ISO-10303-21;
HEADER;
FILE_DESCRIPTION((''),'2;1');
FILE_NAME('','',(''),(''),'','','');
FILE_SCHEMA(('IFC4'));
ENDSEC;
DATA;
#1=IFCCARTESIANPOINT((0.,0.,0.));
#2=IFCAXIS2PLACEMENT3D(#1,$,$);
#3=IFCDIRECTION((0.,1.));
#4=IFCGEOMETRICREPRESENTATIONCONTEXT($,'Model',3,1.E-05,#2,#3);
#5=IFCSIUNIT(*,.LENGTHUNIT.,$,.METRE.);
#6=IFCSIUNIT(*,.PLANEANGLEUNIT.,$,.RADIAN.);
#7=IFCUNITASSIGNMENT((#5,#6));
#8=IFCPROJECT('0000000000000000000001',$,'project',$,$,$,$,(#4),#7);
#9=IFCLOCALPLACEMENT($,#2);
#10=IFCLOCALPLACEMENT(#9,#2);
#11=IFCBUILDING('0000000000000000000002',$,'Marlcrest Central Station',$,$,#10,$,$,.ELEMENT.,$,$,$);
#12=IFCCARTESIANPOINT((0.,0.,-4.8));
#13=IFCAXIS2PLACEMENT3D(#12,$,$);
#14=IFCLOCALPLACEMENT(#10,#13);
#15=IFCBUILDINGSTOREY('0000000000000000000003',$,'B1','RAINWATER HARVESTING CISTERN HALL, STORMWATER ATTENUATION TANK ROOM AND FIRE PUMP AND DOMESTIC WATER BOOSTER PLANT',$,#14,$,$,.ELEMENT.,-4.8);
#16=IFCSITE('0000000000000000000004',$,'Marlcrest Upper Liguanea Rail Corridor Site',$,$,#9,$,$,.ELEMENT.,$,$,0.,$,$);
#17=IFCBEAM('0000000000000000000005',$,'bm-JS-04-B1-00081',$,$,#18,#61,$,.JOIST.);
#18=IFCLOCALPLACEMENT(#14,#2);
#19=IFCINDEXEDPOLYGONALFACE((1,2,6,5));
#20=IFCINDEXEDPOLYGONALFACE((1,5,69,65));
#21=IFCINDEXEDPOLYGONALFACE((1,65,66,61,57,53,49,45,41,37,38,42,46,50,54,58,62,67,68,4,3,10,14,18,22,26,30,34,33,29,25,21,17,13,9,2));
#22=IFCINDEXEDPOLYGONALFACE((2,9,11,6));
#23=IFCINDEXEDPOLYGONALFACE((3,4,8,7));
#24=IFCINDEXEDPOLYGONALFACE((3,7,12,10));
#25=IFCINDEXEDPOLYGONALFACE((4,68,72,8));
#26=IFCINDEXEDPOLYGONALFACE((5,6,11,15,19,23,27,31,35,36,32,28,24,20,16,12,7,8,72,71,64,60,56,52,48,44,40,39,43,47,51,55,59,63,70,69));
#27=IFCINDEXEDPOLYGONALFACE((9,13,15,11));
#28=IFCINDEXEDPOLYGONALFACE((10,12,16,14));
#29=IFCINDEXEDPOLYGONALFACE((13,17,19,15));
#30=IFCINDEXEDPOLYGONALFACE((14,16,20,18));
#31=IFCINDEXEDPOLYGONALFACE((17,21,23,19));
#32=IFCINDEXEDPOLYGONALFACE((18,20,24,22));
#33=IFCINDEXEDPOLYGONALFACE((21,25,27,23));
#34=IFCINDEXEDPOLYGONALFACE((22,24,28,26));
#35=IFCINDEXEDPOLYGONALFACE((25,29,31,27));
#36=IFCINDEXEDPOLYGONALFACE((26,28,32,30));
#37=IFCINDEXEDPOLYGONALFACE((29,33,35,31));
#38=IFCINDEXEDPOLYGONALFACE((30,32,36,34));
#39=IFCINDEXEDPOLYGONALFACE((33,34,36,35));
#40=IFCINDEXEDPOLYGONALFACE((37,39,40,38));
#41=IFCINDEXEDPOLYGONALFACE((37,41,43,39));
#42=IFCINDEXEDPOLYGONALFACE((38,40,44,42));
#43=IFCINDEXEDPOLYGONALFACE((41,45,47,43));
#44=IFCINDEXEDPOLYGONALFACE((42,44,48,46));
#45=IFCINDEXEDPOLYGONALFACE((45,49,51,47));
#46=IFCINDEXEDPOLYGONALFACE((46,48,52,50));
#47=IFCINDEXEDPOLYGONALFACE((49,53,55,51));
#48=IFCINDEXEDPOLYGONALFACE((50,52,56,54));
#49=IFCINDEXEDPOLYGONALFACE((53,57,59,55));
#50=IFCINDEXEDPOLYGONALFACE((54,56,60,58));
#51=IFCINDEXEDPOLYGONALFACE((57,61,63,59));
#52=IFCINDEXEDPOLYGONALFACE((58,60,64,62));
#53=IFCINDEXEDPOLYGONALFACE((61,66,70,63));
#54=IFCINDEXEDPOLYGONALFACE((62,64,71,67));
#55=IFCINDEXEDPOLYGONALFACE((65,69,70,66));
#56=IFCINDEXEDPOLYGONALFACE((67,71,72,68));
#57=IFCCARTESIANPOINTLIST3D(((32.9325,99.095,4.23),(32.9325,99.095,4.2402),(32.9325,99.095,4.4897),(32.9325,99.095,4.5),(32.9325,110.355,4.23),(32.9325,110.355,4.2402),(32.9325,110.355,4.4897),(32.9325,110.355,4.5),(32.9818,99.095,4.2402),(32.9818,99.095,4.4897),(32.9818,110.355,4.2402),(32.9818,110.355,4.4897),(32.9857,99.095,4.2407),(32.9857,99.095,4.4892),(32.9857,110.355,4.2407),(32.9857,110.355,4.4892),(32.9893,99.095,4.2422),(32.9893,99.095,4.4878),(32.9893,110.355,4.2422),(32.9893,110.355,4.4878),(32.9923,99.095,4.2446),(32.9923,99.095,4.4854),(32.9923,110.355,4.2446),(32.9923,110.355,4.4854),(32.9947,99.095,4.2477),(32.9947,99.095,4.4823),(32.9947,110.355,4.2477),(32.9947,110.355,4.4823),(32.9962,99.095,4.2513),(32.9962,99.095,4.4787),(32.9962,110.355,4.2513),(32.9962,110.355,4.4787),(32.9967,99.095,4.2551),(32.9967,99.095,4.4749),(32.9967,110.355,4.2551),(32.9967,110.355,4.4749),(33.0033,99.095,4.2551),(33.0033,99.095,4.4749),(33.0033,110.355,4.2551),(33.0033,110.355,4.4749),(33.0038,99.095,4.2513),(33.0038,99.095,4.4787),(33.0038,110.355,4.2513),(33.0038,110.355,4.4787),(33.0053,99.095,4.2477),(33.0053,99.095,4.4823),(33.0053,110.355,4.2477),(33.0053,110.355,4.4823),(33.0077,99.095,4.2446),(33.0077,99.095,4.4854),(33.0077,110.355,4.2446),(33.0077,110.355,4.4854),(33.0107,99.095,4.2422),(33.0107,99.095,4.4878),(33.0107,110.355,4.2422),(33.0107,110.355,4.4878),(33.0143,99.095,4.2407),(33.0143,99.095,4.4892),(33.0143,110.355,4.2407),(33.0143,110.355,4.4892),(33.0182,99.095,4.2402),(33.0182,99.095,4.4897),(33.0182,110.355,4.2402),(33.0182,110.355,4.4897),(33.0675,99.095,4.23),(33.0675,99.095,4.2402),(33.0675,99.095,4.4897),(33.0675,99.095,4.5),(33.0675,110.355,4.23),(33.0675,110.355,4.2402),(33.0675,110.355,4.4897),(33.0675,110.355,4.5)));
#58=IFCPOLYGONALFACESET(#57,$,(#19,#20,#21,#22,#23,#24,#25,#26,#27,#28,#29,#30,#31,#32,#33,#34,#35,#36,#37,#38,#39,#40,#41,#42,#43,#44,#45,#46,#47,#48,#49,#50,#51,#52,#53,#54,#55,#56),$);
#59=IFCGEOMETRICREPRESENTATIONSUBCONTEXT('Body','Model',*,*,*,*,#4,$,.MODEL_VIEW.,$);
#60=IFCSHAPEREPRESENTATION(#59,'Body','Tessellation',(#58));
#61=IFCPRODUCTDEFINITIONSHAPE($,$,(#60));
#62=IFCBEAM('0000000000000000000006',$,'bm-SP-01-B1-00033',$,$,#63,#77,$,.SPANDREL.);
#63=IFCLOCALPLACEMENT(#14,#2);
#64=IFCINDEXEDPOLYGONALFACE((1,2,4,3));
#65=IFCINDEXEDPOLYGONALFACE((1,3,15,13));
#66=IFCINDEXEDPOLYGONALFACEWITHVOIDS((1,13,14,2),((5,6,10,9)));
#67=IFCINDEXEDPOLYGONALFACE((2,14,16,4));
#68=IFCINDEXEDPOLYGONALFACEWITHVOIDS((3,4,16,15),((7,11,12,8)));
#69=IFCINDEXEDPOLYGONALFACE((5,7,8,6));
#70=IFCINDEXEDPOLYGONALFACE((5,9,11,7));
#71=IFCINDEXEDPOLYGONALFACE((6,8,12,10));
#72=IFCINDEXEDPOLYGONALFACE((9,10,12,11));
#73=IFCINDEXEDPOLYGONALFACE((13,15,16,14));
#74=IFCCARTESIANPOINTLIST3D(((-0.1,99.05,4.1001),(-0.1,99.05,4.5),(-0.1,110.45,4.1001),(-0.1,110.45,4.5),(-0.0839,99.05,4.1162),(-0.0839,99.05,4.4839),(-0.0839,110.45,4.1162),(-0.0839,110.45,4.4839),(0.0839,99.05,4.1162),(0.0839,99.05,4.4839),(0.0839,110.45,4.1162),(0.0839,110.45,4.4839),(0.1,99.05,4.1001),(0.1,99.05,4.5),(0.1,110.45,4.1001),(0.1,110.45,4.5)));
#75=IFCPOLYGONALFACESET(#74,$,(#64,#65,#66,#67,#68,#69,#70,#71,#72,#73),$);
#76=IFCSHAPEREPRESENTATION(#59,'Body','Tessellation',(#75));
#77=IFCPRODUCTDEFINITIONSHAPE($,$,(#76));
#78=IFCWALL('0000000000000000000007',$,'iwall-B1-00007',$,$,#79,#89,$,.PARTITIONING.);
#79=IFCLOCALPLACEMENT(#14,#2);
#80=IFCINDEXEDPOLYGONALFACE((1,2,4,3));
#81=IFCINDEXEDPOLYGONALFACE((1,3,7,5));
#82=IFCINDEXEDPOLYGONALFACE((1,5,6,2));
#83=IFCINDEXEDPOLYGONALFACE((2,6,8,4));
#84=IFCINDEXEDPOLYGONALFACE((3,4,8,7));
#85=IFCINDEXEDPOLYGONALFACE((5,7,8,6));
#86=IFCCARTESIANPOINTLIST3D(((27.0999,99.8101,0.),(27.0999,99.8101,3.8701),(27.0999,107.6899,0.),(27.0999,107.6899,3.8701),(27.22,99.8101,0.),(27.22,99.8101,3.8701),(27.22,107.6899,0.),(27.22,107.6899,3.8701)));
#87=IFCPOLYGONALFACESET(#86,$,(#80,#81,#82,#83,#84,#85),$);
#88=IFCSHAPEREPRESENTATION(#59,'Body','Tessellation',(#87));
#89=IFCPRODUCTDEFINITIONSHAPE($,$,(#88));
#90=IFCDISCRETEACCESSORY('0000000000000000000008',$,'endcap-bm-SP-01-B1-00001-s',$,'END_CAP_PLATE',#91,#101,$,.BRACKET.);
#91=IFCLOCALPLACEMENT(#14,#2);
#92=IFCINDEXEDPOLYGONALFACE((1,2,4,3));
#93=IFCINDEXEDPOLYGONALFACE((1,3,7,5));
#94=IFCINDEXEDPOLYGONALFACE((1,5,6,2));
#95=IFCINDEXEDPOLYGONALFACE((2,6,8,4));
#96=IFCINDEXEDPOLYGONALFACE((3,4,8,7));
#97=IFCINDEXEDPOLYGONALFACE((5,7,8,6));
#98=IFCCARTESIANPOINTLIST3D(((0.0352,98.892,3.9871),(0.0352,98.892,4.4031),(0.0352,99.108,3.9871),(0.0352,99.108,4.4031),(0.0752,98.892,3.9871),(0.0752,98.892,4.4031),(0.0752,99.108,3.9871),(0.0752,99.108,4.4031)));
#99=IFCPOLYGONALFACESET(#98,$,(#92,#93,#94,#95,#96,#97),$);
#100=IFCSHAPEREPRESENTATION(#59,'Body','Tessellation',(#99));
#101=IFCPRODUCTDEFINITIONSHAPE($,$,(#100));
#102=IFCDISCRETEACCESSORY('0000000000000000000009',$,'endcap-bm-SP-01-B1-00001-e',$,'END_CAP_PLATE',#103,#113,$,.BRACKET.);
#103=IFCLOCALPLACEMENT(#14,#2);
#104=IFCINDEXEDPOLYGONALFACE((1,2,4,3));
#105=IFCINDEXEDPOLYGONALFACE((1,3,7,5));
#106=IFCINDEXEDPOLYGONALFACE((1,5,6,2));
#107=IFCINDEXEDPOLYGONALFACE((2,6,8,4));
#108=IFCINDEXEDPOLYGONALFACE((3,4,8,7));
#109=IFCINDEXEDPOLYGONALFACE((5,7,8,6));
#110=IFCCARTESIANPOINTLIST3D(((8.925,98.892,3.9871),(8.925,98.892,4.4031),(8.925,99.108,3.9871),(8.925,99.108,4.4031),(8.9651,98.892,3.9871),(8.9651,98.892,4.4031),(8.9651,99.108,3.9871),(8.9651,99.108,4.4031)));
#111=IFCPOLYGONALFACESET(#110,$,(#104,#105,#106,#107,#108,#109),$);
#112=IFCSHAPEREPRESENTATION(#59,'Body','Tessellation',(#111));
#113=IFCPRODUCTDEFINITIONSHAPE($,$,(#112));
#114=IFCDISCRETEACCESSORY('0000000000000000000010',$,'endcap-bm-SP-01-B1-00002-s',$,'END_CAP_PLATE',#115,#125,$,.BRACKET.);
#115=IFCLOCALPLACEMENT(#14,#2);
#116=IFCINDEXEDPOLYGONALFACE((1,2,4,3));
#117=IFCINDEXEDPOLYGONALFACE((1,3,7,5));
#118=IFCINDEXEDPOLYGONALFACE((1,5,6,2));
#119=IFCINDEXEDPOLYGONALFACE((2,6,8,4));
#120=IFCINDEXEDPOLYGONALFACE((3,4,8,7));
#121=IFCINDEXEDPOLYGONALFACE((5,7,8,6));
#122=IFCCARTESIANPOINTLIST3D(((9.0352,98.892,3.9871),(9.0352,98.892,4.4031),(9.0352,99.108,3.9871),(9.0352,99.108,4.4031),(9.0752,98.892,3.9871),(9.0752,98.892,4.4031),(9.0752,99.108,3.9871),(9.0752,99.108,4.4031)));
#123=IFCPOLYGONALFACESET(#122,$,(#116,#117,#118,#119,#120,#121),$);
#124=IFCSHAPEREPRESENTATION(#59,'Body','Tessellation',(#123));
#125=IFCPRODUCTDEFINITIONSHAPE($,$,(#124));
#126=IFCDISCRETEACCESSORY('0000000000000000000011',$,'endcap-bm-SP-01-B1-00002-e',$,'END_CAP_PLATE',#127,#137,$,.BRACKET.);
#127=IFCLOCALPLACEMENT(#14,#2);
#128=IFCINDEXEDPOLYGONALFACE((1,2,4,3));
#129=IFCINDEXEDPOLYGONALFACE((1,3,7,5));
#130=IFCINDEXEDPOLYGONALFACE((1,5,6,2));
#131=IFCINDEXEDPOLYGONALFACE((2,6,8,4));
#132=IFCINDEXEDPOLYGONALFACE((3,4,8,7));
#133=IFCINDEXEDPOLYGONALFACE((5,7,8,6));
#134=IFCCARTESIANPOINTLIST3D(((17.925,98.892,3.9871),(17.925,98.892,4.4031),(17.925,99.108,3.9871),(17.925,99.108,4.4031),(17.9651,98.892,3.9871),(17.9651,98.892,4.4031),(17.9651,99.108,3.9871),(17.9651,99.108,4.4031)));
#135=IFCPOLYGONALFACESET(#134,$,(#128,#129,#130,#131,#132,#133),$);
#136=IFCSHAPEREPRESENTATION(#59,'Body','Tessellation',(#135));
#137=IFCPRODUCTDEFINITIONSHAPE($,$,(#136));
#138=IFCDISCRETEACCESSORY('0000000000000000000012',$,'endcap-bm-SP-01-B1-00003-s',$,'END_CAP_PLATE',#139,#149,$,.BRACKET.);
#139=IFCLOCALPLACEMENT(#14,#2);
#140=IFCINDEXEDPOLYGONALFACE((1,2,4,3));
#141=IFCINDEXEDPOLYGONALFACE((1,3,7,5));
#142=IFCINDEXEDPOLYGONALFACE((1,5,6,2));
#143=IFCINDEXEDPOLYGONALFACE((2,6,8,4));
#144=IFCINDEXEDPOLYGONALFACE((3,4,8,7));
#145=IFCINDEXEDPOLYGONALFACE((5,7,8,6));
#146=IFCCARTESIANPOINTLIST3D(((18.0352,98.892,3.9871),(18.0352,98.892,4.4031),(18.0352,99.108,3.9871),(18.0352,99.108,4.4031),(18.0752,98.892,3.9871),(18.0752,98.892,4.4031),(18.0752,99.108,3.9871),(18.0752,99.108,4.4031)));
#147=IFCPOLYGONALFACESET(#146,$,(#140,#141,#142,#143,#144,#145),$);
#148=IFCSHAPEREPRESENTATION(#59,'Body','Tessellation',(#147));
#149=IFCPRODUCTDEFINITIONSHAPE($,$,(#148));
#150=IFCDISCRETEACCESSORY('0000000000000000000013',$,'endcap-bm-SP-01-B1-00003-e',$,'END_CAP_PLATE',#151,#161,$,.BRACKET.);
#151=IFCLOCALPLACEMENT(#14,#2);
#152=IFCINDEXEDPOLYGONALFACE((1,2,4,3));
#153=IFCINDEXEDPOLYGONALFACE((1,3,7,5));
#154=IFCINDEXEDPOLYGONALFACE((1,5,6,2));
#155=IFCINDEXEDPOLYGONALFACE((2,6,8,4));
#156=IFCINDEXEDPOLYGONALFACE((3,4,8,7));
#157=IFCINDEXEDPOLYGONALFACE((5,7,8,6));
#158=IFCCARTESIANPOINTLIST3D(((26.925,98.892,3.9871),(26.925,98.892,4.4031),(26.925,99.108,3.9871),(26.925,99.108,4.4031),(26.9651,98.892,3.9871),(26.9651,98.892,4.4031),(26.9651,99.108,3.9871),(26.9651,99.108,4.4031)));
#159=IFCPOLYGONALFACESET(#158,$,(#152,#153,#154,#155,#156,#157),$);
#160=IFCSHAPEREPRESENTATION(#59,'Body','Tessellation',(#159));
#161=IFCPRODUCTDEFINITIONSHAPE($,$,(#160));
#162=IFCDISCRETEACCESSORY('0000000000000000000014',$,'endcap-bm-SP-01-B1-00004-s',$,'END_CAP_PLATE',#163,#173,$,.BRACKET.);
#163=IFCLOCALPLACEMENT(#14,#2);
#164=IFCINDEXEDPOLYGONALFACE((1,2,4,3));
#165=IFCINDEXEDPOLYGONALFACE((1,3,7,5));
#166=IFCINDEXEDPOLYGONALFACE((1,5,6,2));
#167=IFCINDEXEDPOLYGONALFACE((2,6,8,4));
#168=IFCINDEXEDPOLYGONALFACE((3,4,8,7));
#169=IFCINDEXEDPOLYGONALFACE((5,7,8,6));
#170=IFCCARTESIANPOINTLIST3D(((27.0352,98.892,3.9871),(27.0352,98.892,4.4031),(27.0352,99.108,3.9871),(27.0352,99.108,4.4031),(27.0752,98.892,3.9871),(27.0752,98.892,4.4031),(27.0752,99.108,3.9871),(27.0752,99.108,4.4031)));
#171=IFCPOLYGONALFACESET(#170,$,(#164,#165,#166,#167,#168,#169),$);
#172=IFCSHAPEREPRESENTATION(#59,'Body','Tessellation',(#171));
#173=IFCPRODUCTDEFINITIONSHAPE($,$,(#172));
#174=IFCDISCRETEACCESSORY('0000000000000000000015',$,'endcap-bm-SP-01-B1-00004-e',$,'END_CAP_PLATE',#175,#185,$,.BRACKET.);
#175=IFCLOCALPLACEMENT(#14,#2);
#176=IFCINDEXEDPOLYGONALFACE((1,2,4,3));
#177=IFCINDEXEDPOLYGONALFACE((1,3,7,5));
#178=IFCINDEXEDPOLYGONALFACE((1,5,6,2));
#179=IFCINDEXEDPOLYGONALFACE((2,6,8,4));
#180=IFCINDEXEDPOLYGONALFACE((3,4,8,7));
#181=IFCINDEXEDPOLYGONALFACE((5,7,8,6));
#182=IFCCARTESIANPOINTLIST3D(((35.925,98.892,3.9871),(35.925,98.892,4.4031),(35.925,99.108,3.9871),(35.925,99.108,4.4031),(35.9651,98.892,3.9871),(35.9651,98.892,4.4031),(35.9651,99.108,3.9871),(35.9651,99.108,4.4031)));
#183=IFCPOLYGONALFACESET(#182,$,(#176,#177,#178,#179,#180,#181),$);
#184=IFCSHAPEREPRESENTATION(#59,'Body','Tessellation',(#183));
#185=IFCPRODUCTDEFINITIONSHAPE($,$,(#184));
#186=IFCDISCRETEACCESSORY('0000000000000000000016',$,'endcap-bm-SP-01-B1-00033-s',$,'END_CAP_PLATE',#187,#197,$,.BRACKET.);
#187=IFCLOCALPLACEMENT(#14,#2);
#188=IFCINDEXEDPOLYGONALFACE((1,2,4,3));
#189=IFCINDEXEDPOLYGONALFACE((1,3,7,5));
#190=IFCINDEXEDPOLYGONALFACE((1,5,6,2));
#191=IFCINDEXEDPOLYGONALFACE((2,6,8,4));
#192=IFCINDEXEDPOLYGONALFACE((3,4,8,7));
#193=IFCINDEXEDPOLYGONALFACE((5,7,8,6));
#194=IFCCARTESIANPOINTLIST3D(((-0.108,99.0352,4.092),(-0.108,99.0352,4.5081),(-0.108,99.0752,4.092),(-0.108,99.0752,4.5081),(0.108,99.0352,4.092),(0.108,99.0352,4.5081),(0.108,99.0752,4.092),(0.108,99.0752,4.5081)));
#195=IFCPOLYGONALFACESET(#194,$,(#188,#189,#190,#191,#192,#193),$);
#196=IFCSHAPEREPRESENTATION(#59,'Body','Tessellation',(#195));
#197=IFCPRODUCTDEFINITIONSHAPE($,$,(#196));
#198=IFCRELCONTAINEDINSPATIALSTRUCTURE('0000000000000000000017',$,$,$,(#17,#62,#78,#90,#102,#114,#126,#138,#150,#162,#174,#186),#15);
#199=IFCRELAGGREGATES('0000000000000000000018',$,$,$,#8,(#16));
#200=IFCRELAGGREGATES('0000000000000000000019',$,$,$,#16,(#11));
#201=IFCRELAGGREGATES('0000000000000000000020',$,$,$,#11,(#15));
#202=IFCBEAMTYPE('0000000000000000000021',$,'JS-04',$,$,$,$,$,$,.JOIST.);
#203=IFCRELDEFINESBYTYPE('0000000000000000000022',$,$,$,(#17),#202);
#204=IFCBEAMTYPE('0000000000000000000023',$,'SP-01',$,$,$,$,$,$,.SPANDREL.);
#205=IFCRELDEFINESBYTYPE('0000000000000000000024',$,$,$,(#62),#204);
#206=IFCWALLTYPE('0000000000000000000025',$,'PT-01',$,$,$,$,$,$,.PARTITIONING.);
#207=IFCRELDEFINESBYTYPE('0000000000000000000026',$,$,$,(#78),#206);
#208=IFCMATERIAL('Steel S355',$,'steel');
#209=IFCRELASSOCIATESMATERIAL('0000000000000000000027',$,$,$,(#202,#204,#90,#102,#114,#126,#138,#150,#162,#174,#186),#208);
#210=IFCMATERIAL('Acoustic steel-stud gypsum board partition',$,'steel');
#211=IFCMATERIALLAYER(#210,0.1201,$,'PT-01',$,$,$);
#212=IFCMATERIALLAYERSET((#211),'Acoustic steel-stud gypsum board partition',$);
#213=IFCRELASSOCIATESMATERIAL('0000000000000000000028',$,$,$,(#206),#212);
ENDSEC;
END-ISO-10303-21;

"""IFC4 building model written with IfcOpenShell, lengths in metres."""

from ifc_helpers import new_model, si_unit, direction, frame, frame_2d, origin, origin_2d, place, context, subcontext, project, spatial, rectangle, hollow_rectangle, i_section, extrude, material, layer, layer_set, material_profile, profile_set, type_object, element, save


model = new_model("IFC4")

# Units and contexts
model_context = context("Model", 3, precision=1e-05, world=origin(), true_north=direction((0.0, 1.0)))
body_context = subcontext(model_context, "Body", "Model", "MODEL_VIEW")
ifc_project = project(units=[si_unit("LENGTHUNIT", "METRE"), si_unit("PLANEANGLEUNIT", "RADIAN")], contexts=[model_context])

# Site, building, storey
site_placement = place(None, origin())
site = spatial("IfcSite", under=ifc_project, at=site_placement, Name="Marlcrest Upper Liguanea Rail Corridor Site", CompositionType="ELEMENT", RefElevation=0.0)
building_placement = place(site_placement, origin())
building = spatial("IfcBuilding", under=site, at=building_placement, Name="Marlcrest Central Station", CompositionType="ELEMENT")
storey_placement = place(building_placement, frame((0.0, 0.0, -4.8)))
storey = spatial("IfcBuildingStorey", under=building, at=storey_placement, Name="B1", Description="RAINWATER HARVESTING CISTERN HALL, STORMWATER ATTENUATION TANK ROOM AND FIRE PUMP AND DOMESTIC WATER BOOSTER PLANT", CompositionType="ELEMENT", Elevation=-4.8)

# Beams
ifc_material_1 = material(Name="Steel S355", Category="steel")
ifc_material_profile_1 = material_profile(ifc_material_1, i_section(OverallWidth=0.135, OverallDepth=0.27, WebThickness=0.0066, FlangeThickness=0.0103, FilletRadius=0.0149, at=origin_2d()), Name="IPE 270")
ifc_profile_set_1 = profile_set([ifc_material_profile_1], Name="Steel S355")
beam_type_1 = type_object("IfcBeamType", Name="JS-04", PredefinedType="JOIST", material=ifc_profile_set_1)
for number, where, z_axis, x_axis, name in (
    (1, (33.0, 99.095, 4.365), (0.0, 1.0, 0.0), (-1.0, 0.0, 0.0), "bm-JS-04-B1-00081"),
):
    element("IfcBeam", number, at=place(storey_placement, frame(where, z_axis=z_axis, x_axis=x_axis)), inside=storey, type_object=beam_type_1, Name=name, PredefinedType="JOIST", context=body_context, shape_type="SweptSolid", body=[
        extrude(i_section(OverallWidth=0.135, OverallDepth=0.27, WebThickness=0.0066, FlangeThickness=0.0103, FilletRadius=0.0149, at=origin_2d()), origin(), (0.0, 0.0, 1.0), 11.26),
    ])
ifc_material_profile_2 = material_profile(ifc_material_1, hollow_rectangle(XDim=0.2, YDim=0.3999, WallThickness=0.0161, at=origin_2d()), Name="RHS 400x200x16")
ifc_profile_set_2 = profile_set([ifc_material_profile_2], Name="Steel S355")
beam_type_2 = type_object("IfcBeamType", Name="SP-01", PredefinedType="SPANDREL", material=ifc_profile_set_2)
beam_placement = place(storey_placement, frame((0.0, 99.05, 4.3), z_axis=(0.0, 1.0, 0.0), x_axis=(-1.0, 0.0, 0.0)))
element("IfcBeam", 2, at=beam_placement, inside=storey, type_object=beam_type_2, Name="bm-SP-01-B1-00033", PredefinedType="SPANDREL", context=body_context, shape_type="SweptSolid", body=[
    extrude(hollow_rectangle(XDim=0.2, YDim=0.3999, WallThickness=0.0161, at=origin_2d()), origin(), (0.0, 0.0, 1.0), 11.3999),
])

# Wall
ifc_material_2 = material(Name="Acoustic steel-stud gypsum board partition", Category="steel")
ifc_layer = layer(ifc_material_2, 0.1201, Name="PT-01")
ifc_layer_set = layer_set([ifc_layer], Name="Acoustic steel-stud gypsum board partition")
wall_type = type_object("IfcWallType", Name="PT-01", PredefinedType="PARTITIONING", material=ifc_layer_set)
wall_placement = place(storey_placement, frame((27.1599, 99.8101, 0.0), z_axis=(0.0, 0.0, 1.0), x_axis=(0.0, 1.0, 0.0)))
element("IfcWall", 3, at=wall_placement, inside=storey, type_object=wall_type, Name="iwall-B1-00007", PredefinedType="PARTITIONING", context=body_context, shape_type="SweptSolid", body=[
    extrude(rectangle(XDim=7.8799, YDim=0.1201, at=frame_2d((3.9399, 0.0))), origin(), (0.0, 0.0, 1.0), 3.8701),
])

# Discrete accessories
for number, where, z_axis, x_axis, name in (
    (4, (0.0352, 99.0, 4.1951), (1.0, 0.0, 0.0), (0.0, 1.0, 0.0), "endcap-bm-SP-01-B1-00001-s"),
    (5, (8.925, 99.0, 4.1951), (1.0, 0.0, 0.0), (0.0, 1.0, 0.0), "endcap-bm-SP-01-B1-00001-e"),
    (6, (9.0352, 99.0, 4.1951), (1.0, 0.0, 0.0), (0.0, 1.0, 0.0), "endcap-bm-SP-01-B1-00002-s"),
    (7, (17.925, 99.0, 4.1951), (1.0, 0.0, 0.0), (0.0, 1.0, 0.0), "endcap-bm-SP-01-B1-00002-e"),
    (8, (18.0352, 99.0, 4.1951), (1.0, 0.0, 0.0), (0.0, 1.0, 0.0), "endcap-bm-SP-01-B1-00003-s"),
    (9, (26.925, 99.0, 4.1951), (1.0, 0.0, 0.0), (0.0, 1.0, 0.0), "endcap-bm-SP-01-B1-00003-e"),
    (10, (27.0352, 99.0, 4.1951), (1.0, 0.0, 0.0), (0.0, 1.0, 0.0), "endcap-bm-SP-01-B1-00004-s"),
    (11, (35.925, 99.0, 4.1951), (1.0, 0.0, 0.0), (0.0, 1.0, 0.0), "endcap-bm-SP-01-B1-00004-e"),
    (12, (0.0, 99.0352, 4.3), (0.0, 1.0, 0.0), (-1.0, 0.0, 0.0), "endcap-bm-SP-01-B1-00033-s"),
):
    element("IfcDiscreteAccessory", number, at=place(storey_placement, frame(where, z_axis=z_axis, x_axis=x_axis)), inside=storey, material=ifc_material_1, Name=name, ObjectType="END_CAP_PLATE", PredefinedType="BRACKET", context=body_context, shape_type="SweptSolid", body=[
        extrude(rectangle(XDim=0.2161, YDim=0.416, at=origin_2d()), origin(), (0.0, 0.0, 1.0), 0.04),
    ])

save(model, "model.ifc")
